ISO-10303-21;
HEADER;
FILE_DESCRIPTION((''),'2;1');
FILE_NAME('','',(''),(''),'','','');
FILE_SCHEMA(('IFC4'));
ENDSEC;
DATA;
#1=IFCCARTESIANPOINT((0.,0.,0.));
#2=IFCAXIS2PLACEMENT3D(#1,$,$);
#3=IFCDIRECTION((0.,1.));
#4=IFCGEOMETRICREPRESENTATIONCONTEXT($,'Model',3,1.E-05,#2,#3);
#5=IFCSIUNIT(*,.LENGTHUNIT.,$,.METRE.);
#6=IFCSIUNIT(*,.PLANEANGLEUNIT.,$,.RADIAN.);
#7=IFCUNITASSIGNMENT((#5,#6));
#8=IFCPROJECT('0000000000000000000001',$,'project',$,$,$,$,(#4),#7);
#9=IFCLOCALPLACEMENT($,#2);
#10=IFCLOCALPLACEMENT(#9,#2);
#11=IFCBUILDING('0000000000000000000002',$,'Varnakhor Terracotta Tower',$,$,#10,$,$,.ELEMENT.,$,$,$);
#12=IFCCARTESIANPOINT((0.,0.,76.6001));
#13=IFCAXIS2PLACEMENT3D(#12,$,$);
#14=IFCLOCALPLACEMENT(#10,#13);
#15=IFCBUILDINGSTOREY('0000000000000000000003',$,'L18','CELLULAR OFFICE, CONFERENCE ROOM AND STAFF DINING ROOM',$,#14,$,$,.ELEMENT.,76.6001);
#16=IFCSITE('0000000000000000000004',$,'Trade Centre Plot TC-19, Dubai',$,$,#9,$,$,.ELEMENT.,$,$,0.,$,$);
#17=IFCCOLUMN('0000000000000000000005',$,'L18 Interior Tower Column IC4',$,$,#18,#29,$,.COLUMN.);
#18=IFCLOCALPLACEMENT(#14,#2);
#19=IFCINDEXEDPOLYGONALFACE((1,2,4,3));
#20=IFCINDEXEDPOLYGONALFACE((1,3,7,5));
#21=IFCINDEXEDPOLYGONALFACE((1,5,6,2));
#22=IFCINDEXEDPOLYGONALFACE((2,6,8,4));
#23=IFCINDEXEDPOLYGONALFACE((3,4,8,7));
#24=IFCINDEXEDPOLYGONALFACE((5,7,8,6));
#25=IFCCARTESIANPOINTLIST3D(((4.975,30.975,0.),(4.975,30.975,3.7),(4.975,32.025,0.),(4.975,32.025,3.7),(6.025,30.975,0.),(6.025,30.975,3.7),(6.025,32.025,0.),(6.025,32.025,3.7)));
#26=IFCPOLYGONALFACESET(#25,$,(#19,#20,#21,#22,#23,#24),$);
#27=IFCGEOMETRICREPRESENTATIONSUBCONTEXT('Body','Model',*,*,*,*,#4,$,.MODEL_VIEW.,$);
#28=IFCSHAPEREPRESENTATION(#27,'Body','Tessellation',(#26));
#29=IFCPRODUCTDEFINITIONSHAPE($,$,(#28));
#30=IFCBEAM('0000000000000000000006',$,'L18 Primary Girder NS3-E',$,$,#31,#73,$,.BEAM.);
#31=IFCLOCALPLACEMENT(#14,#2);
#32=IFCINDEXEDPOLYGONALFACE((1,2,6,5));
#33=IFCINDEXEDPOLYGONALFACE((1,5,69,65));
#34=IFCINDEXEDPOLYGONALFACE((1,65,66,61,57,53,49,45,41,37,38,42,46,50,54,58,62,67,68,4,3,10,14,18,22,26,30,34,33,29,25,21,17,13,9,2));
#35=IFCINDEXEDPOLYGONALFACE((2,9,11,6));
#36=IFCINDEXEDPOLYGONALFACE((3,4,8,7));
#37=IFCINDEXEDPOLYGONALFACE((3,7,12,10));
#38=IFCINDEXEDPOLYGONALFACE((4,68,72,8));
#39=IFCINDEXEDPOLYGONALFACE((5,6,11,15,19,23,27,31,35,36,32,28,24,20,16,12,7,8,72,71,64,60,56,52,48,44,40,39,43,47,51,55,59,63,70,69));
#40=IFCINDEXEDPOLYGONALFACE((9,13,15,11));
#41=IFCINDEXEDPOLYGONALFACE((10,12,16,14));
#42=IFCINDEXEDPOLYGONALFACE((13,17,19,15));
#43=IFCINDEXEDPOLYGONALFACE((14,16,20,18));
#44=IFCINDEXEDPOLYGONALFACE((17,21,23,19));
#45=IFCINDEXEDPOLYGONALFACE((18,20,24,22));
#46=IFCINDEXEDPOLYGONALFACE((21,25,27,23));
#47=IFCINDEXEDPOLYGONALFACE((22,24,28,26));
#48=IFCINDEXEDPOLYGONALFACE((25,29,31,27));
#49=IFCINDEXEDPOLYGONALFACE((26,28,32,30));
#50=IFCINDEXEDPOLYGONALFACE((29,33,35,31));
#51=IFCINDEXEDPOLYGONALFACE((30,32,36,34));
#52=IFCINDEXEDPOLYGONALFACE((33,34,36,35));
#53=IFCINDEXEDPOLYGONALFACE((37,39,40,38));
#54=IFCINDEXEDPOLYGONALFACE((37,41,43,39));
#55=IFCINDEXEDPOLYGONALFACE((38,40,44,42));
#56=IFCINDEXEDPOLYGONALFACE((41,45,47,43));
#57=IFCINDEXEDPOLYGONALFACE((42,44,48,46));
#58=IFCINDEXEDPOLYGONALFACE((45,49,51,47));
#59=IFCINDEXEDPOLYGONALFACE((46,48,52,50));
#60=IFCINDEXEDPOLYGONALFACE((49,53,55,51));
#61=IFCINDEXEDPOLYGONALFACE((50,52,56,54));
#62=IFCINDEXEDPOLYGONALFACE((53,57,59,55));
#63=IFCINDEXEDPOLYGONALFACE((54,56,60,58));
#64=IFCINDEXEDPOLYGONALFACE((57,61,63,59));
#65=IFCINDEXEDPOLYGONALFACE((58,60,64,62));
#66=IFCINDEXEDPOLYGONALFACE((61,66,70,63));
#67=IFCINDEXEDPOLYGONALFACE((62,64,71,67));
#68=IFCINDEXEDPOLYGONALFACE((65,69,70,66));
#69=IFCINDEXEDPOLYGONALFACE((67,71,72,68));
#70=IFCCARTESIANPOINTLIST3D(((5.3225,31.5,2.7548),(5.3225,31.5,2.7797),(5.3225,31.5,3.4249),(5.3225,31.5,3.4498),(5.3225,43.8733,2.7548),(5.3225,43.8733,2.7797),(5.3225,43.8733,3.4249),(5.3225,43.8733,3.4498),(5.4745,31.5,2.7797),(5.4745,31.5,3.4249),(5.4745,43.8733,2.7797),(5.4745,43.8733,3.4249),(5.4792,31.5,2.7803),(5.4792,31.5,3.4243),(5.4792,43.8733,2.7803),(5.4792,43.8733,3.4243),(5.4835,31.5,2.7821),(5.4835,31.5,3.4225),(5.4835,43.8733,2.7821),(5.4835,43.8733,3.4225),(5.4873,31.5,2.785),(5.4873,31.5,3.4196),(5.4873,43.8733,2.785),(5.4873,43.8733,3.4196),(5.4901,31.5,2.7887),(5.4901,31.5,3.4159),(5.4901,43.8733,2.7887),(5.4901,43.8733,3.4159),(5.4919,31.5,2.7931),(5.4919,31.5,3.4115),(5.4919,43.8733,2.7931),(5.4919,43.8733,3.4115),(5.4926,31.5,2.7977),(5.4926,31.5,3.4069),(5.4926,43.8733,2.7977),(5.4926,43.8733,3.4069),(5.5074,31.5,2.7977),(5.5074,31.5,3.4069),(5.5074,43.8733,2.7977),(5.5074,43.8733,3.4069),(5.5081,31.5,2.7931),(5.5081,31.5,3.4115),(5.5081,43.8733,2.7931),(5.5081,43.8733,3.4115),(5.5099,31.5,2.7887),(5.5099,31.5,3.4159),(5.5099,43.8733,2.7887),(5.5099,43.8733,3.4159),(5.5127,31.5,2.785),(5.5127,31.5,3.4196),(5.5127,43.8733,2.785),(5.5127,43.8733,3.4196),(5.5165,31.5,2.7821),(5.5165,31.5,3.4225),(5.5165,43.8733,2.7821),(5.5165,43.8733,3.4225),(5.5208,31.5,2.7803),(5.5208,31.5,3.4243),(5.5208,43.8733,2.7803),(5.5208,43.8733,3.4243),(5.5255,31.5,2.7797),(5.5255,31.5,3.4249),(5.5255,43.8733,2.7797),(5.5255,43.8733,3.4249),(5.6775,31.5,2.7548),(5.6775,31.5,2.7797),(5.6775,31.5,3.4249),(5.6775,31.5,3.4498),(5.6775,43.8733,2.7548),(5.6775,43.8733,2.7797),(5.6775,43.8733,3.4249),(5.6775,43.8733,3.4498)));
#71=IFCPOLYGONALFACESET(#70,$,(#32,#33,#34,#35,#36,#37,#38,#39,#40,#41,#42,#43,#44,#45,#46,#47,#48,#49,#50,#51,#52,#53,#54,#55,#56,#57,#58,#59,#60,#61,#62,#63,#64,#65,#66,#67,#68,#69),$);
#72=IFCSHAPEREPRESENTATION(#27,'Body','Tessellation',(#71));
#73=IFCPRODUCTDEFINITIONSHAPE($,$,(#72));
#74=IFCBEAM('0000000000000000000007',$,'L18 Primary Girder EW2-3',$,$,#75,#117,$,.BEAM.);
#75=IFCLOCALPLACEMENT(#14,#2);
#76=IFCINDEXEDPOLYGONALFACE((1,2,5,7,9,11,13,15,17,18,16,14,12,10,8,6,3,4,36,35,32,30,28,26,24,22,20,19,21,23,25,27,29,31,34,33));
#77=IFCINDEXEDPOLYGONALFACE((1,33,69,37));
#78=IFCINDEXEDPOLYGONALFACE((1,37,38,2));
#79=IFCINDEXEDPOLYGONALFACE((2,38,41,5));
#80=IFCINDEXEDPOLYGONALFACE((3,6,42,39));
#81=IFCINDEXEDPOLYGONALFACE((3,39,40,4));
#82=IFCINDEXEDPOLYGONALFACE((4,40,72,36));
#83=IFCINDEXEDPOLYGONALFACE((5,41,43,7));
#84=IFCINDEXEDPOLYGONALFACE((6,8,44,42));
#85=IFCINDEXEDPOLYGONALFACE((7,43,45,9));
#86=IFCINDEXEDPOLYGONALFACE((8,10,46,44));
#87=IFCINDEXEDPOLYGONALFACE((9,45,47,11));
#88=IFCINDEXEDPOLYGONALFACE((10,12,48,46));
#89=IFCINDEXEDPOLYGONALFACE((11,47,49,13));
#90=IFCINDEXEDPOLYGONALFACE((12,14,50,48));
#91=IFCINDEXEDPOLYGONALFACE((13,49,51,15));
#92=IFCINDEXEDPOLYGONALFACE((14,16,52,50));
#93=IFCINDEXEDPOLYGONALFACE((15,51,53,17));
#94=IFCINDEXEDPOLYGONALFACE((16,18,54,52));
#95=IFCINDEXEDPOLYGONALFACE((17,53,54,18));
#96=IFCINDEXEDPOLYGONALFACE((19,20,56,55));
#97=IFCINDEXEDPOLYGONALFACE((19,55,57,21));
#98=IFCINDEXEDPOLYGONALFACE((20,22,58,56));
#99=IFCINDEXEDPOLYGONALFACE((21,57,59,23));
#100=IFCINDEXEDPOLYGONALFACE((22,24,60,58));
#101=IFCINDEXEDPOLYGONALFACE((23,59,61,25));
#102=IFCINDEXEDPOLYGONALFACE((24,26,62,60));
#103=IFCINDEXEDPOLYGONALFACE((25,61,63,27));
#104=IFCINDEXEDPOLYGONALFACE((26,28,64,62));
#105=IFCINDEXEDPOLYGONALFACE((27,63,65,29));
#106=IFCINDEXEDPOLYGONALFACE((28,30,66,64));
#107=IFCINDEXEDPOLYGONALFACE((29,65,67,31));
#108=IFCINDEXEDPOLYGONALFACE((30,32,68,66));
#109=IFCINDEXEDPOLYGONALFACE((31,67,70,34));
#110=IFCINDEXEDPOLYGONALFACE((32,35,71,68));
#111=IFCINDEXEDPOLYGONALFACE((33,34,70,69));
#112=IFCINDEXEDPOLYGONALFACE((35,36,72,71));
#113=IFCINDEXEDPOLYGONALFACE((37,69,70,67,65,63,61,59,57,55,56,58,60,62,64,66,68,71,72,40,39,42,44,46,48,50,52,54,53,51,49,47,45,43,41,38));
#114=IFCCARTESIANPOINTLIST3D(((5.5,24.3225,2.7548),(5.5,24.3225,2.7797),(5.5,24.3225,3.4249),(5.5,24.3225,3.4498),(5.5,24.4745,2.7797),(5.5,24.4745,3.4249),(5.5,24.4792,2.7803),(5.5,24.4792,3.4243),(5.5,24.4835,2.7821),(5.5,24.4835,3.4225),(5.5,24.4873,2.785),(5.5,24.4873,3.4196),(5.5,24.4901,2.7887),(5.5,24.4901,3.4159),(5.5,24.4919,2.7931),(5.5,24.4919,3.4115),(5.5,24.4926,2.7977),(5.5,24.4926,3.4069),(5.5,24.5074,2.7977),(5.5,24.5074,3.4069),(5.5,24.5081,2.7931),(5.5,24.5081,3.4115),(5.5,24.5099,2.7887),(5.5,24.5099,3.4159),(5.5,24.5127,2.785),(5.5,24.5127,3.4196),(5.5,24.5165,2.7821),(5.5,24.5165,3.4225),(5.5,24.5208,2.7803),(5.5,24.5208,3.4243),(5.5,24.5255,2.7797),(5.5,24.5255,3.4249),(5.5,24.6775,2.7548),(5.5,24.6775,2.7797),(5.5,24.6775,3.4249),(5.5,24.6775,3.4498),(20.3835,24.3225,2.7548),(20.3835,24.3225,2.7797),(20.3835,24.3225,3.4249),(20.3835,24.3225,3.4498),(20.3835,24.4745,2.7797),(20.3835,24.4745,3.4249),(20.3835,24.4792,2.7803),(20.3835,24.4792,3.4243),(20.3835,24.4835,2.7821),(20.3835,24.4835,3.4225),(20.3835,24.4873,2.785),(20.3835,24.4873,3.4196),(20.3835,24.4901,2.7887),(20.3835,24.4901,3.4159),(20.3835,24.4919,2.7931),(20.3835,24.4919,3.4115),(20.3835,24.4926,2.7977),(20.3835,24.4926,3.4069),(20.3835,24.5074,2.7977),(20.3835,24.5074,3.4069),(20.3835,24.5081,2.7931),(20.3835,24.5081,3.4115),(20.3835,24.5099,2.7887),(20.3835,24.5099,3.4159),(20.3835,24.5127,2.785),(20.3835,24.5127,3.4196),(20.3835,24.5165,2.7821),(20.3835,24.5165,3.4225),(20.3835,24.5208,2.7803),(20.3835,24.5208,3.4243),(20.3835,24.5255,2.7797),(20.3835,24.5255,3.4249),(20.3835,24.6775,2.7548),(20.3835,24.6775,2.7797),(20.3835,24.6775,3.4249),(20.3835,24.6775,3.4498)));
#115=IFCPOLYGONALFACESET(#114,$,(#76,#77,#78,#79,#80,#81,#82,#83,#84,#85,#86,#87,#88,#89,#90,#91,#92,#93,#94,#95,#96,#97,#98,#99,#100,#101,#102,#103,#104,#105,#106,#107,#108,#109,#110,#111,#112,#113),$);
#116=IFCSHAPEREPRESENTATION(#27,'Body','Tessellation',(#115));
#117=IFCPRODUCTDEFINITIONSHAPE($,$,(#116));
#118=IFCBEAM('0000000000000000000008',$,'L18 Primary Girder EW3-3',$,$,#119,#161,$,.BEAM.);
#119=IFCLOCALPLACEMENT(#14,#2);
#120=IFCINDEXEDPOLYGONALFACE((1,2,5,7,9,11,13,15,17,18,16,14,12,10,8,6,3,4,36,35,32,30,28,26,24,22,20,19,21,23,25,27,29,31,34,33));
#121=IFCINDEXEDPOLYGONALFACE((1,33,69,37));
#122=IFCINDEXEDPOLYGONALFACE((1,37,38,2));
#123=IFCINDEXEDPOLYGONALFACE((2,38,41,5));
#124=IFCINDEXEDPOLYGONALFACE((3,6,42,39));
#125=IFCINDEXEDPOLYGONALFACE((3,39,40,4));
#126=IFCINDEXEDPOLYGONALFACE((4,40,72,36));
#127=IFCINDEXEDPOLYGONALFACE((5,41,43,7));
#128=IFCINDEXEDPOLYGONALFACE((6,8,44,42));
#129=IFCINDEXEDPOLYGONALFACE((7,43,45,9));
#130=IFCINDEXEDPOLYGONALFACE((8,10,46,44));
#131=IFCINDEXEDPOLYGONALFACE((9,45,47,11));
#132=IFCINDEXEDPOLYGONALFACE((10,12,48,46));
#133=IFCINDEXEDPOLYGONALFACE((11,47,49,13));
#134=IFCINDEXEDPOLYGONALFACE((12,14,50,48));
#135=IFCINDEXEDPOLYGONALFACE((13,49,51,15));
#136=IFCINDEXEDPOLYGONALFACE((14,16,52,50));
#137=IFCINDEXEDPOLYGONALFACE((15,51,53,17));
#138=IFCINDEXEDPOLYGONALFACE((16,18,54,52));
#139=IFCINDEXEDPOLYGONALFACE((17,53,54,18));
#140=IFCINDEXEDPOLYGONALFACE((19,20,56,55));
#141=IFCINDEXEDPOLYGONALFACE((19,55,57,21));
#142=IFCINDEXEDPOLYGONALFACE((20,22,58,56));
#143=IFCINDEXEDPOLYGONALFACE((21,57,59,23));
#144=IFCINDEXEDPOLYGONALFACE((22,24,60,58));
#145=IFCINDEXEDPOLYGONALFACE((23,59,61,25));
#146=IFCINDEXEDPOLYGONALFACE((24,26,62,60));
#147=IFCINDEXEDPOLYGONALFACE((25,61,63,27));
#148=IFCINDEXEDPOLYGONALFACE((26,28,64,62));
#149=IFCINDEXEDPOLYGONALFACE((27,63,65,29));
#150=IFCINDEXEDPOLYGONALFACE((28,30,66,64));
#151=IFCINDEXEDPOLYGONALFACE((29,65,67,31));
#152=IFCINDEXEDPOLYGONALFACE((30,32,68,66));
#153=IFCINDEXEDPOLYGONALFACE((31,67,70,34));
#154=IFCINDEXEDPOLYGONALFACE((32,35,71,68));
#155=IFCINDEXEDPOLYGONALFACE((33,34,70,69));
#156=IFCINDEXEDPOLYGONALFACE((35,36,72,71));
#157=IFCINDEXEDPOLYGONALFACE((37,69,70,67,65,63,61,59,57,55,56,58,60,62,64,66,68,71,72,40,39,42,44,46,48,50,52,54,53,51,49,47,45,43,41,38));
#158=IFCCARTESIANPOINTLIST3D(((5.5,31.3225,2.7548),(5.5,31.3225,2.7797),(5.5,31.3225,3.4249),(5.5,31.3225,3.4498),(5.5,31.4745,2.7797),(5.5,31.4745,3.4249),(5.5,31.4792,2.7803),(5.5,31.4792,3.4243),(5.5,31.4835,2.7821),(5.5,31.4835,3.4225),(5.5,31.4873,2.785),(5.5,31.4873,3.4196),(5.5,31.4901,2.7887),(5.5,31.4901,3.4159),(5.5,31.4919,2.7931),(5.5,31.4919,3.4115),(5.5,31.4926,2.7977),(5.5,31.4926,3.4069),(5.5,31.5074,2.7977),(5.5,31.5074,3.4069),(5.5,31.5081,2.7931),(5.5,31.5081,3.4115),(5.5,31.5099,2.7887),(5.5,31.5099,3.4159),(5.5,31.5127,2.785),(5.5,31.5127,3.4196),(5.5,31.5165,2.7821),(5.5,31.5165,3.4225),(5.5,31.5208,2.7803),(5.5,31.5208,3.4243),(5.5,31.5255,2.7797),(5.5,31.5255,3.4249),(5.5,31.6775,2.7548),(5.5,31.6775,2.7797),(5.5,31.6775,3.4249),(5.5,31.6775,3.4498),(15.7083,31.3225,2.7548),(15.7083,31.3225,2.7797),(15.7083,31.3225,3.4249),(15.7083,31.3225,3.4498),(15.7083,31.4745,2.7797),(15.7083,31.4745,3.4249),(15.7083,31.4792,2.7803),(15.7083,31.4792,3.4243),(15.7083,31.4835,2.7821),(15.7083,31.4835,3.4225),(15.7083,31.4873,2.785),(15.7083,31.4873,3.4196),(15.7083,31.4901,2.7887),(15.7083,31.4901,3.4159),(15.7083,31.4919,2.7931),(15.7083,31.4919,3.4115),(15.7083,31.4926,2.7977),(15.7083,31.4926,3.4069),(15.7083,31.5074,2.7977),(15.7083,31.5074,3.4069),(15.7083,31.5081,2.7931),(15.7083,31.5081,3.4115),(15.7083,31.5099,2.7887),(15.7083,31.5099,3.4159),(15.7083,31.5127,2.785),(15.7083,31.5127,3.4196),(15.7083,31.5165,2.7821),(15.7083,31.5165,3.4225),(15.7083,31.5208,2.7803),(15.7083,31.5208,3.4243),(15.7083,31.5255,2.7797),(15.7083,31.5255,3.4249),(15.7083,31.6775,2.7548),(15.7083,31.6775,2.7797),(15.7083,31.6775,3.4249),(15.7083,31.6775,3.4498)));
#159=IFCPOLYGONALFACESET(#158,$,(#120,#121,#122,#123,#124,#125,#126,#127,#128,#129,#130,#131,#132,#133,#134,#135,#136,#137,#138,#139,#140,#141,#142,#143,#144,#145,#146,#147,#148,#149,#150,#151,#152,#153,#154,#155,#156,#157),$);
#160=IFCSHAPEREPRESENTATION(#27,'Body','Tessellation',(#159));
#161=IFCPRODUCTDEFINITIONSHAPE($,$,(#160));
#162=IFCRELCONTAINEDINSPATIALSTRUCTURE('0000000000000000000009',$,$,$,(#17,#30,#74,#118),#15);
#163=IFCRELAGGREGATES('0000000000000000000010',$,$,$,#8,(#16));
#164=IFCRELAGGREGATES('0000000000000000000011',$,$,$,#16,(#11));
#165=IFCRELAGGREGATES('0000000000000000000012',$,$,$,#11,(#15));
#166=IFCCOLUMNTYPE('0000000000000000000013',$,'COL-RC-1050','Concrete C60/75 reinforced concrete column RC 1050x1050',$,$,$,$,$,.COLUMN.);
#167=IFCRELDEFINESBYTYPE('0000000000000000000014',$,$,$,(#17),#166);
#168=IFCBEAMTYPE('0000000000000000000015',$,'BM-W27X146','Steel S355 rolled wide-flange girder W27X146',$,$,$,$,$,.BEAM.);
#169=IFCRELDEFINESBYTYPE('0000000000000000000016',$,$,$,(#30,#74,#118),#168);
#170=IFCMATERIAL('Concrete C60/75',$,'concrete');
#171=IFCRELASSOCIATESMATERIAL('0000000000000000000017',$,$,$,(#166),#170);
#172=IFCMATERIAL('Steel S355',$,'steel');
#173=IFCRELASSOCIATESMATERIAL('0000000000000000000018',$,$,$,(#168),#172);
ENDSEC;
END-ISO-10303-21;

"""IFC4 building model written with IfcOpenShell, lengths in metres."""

from ifc_helpers import new_model, si_unit, direction, frame, origin, origin_2d, place, context, subcontext, project, spatial, rectangle, i_section, extrude, source, transform, mapped, material, material_profile, profile_set, type_object, element, save


model = new_model("IFC4")

# Units and contexts
model_context = context("Model", 3, precision=1e-05, world=origin(), true_north=direction((0.0, 1.0)))
body_context = subcontext(model_context, "Body", "Model", "MODEL_VIEW")
ifc_project = project(units=[si_unit("LENGTHUNIT", "METRE"), si_unit("PLANEANGLEUNIT", "RADIAN")], contexts=[model_context])

# Site, building, storey
site_placement = place(None, origin())
site = spatial("IfcSite", under=ifc_project, at=site_placement, Name="Trade Centre Plot TC-19, Dubai", CompositionType="ELEMENT", RefElevation=0.0)
building_placement = place(site_placement, origin())
building = spatial("IfcBuilding", under=site, at=building_placement, Name="Varnakhor Terracotta Tower", CompositionType="ELEMENT")
storey_placement = place(building_placement, frame((0.0, 0.0, 76.6001)))
storey = spatial("IfcBuildingStorey", under=building, at=storey_placement, Name="L18", Description="CELLULAR OFFICE, CONFERENCE ROOM AND STAFF DINING ROOM", CompositionType="ELEMENT", Elevation=76.6001)

# Column
ifc_material_1 = material(Name="Concrete C60/75", Category="concrete")
ifc_material_profile_1 = material_profile(ifc_material_1, rectangle(XDim=1.05, YDim=1.05, at=origin_2d()), Name="RC 1050x1050")
ifc_profile_set_1 = profile_set([ifc_material_profile_1], Name="Concrete C60/75")
column_type = type_object("IfcColumnType", Name="COL-RC-1050", Description="Concrete C60/75 reinforced concrete column RC 1050x1050", PredefinedType="COLUMN", material=ifc_profile_set_1)
shared_shape_1 = source(origin(), body_context, "Body", "SweptSolid", [
    extrude(rectangle(XDim=1.05, YDim=1.05, at=origin_2d()), origin(), (0.0, 0.0, 1.0), 3.7),
])
column_placement = place(storey_placement, frame((5.5, 31.5, 0.0), z_axis=(0.0, 0.0, 1.0), x_axis=(1.0, 0.0, 0.0)))
element("IfcColumn", 1, at=column_placement, inside=storey, type_object=column_type, Name="L18 Interior Tower Column IC4", PredefinedType="COLUMN", context=body_context, shape_type="MappedRepresentation", body=[
    mapped(shared_shape_1, transform((0.0, 0.0, 0.0), scale=1.0)),
])

# Beams
ifc_material_2 = material(Name="Steel S355", Category="steel")
ifc_material_profile_2 = material_profile(ifc_material_2, i_section(OverallWidth=0.355, OverallDepth=0.6951, WebThickness=0.0149, FlangeThickness=0.0249, FilletRadius=0.0181, at=origin_2d()), Name="W27X146")
ifc_profile_set_2 = profile_set([ifc_material_profile_2], Name="Steel S355")
beam_type_1 = type_object("IfcBeamType", Name="BM-W27X146", Description="Steel S355 rolled wide-flange girder W27X146", PredefinedType="BEAM", material=ifc_profile_set_2)
shared_shape_2 = source(origin(), body_context, "Body", "SweptSolid", [
    extrude(i_section(OverallWidth=0.355, OverallDepth=0.6951, WebThickness=0.0149, FlangeThickness=0.0249, FilletRadius=0.0181, at=origin_2d()), origin(), (0.0, 0.0, 1.0), 12.3733),
])
beam_1_placement = place(storey_placement, frame((5.5, 31.5, 3.1023), z_axis=(0.0, 1.0, 0.0), x_axis=(-1.0, 0.0, 0.0)))
element("IfcBeam", 2, at=beam_1_placement, inside=storey, type_object=beam_type_1, Name="L18 Primary Girder NS3-E", PredefinedType="BEAM", context=body_context, shape_type="MappedRepresentation", body=[
    mapped(shared_shape_2, transform((0.0, 0.0, 0.0), scale=1.0)),
])
shared_shape_3 = source(origin(), body_context, "Body", "SweptSolid", [
    extrude(i_section(OverallWidth=0.355, OverallDepth=0.6951, WebThickness=0.0149, FlangeThickness=0.0249, FilletRadius=0.0181, at=origin_2d()), origin(), (0.0, 0.0, 1.0), 14.8835),
])
beam_2_placement = place(storey_placement, frame((5.5, 24.5, 3.1023), z_axis=(1.0, 0.0, 0.0), x_axis=(0.0, 1.0, 0.0)))
element("IfcBeam", 3, at=beam_2_placement, inside=storey, type_object=beam_type_1, Name="L18 Primary Girder EW2-3", PredefinedType="BEAM", context=body_context, shape_type="MappedRepresentation", body=[
    mapped(shared_shape_3, transform((0.0, 0.0, 0.0), scale=1.0)),
])
shared_shape_4 = source(origin(), body_context, "Body", "SweptSolid", [
    extrude(i_section(OverallWidth=0.355, OverallDepth=0.6951, WebThickness=0.0149, FlangeThickness=0.0249, FilletRadius=0.0181, at=origin_2d()), origin(), (0.0, 0.0, 1.0), 10.2083),
])
beam_3_placement = place(storey_placement, frame((5.5, 31.5, 3.1023), z_axis=(1.0, 0.0, 0.0), x_axis=(0.0, 1.0, 0.0)))
element("IfcBeam", 4, at=beam_3_placement, inside=storey, type_object=beam_type_1, Name="L18 Primary Girder EW3-3", PredefinedType="BEAM", context=body_context, shape_type="MappedRepresentation", body=[
    mapped(shared_shape_4, transform((0.0, 0.0, 0.0), scale=1.0)),
])

save(model, "model.ifc")
